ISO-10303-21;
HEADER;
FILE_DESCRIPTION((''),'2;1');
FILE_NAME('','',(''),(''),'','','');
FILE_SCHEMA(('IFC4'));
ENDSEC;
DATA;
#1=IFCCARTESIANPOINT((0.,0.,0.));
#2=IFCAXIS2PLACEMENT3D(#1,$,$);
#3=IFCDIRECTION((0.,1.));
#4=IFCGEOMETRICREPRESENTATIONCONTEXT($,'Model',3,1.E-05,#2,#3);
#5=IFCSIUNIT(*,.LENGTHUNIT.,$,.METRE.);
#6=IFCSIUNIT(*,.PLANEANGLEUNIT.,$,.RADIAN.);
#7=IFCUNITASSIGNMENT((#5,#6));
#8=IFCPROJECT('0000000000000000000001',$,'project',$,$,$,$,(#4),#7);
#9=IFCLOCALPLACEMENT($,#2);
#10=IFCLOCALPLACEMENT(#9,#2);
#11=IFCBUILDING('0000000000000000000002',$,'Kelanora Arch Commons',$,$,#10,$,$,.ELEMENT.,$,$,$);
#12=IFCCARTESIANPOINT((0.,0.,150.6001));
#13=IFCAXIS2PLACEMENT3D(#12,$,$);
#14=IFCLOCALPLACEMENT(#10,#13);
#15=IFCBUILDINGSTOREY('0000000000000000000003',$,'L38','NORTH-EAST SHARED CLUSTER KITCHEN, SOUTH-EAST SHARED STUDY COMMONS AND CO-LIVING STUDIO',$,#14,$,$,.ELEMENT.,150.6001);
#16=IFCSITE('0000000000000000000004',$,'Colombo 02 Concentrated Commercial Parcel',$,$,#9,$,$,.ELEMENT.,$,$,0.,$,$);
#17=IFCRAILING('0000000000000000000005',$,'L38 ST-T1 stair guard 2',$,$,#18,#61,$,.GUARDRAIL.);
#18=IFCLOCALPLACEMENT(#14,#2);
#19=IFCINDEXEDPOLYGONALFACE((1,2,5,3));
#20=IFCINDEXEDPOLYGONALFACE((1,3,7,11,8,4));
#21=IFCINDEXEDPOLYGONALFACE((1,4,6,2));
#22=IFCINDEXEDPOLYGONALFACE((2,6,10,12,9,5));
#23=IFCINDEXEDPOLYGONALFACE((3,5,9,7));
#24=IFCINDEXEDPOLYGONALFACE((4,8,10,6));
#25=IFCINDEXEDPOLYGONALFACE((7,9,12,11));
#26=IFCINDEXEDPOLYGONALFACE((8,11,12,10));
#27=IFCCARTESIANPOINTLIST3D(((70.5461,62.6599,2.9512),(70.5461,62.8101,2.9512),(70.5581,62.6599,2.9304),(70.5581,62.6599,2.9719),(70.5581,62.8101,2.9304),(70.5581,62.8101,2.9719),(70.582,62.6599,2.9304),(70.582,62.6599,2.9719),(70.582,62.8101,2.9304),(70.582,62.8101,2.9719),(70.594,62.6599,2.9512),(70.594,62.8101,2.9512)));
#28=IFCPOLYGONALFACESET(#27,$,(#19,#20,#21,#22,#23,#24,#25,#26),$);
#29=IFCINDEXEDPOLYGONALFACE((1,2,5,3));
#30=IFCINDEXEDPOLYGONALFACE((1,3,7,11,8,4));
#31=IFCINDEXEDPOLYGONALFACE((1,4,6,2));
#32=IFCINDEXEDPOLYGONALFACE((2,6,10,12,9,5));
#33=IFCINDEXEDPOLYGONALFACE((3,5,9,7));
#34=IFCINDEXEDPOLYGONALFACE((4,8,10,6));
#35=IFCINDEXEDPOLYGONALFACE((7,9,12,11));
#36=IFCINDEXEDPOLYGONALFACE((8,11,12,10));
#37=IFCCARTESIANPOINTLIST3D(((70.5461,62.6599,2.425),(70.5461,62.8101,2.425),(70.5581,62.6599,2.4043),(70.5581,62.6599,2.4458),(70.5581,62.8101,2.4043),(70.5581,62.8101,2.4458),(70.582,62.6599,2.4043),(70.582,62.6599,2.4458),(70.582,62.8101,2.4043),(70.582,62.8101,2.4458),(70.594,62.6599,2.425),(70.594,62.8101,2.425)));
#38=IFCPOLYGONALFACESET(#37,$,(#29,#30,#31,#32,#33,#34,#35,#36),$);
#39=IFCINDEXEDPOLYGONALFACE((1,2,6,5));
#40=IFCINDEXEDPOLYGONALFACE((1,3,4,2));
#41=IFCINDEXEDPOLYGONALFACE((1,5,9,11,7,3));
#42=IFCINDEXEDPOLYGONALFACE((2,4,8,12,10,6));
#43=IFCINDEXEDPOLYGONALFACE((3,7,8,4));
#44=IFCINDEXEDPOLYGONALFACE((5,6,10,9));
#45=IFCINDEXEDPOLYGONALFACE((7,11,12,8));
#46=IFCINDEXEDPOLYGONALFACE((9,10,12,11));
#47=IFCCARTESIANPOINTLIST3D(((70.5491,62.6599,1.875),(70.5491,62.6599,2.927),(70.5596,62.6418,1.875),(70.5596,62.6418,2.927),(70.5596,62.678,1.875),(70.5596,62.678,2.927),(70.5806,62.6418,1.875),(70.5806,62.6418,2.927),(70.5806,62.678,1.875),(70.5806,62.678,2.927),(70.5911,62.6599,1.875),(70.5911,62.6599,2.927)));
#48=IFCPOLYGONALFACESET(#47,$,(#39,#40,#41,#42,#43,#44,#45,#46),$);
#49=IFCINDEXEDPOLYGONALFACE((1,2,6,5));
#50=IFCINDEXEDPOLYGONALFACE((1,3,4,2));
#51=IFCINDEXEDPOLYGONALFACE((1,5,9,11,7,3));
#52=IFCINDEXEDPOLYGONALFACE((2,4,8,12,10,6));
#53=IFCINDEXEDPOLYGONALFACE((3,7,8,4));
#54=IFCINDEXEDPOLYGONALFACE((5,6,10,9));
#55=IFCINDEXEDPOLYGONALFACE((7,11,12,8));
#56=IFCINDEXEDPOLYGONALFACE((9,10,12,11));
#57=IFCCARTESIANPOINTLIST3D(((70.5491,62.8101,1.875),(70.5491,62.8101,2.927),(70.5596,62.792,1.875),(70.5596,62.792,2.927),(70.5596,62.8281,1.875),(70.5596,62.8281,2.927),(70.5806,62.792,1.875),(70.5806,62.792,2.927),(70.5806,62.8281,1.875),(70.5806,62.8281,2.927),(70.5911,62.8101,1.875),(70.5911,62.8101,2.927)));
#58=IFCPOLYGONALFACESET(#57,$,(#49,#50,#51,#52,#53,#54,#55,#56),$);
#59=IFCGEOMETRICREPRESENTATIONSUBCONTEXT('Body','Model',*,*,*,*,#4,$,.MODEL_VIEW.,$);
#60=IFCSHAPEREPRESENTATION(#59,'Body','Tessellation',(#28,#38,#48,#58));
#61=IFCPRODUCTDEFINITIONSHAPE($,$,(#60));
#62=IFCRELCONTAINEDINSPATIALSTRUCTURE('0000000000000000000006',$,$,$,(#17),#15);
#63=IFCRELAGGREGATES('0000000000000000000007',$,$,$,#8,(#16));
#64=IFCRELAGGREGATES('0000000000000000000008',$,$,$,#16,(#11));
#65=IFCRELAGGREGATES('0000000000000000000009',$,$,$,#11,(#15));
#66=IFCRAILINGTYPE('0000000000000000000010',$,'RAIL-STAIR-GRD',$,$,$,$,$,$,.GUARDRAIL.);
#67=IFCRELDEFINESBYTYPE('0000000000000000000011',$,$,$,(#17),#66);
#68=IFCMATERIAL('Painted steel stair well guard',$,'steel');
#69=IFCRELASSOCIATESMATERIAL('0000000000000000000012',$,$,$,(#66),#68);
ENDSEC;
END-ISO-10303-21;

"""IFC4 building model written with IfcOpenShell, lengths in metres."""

from ifc_helpers import new_model, si_unit, direction, frame, origin, place, context, subcontext, project, spatial, polyline, outline, extrude, material, type_object, element, save


model = new_model("IFC4")

# Units and contexts
model_context = context("Model", 3, precision=1e-05, world=origin(), true_north=direction((0.0, 1.0)))
body_context = subcontext(model_context, "Body", "Model", "MODEL_VIEW")
ifc_project = project(units=[si_unit("LENGTHUNIT", "METRE"), si_unit("PLANEANGLEUNIT", "RADIAN")], contexts=[model_context])

# Site, building, storey
site_placement = place(None, origin())
site = spatial("IfcSite", under=ifc_project, at=site_placement, Name="Colombo 02 Concentrated Commercial Parcel", CompositionType="ELEMENT", RefElevation=0.0)
building_placement = place(site_placement, origin())
building = spatial("IfcBuilding", under=site, at=building_placement, Name="Kelanora Arch Commons", CompositionType="ELEMENT")
storey_placement = place(building_placement, frame((0.0, 0.0, 150.6001)))
storey = spatial("IfcBuildingStorey", under=building, at=storey_placement, Name="L38", Description="NORTH-EAST SHARED CLUSTER KITCHEN, SOUTH-EAST SHARED STUDY COMMONS AND CO-LIVING STUDIO", CompositionType="ELEMENT", Elevation=150.6001)

# Railing
ifc_material_1 = material(Name="Painted steel stair well guard", Category="steel")
railing_type = type_object("IfcRailingType", Name="RAIL-STAIR-GRD", PredefinedType="GUARDRAIL", material=ifc_material_1)
railing_placement = place(storey_placement, frame((70.5701, 62.6599, 1.875)))
element("IfcRailing", 1, at=railing_placement, inside=storey, type_object=railing_type, Name="L38 ST-T1 stair guard 2", PredefinedType="GUARDRAIL", context=body_context, shape_type="SweptSolid", body=[
    extrude(outline(polyline([(0.0239, 0.0), (0.012, 0.0208), (-0.012, 0.0208), (-0.0239, 0.0), (-0.012, -0.0208), (0.012, -0.0208), (0.0239, 0.0)])), frame((0.0, 0.0, 1.0762), z_axis=(0.0, 1.0, 0.0), x_axis=(-1.0, 0.0, 0.0)), (0.0, 0.0, 1.0), 0.1501),
    extrude(outline(polyline([(0.0239, 0.0), (0.012, 0.0208), (-0.012, 0.0208), (-0.0239, 0.0), (-0.012, -0.0208), (0.012, -0.0208), (0.0239, 0.0)])), frame((0.0, 0.0, 0.55), z_axis=(0.0, 1.0, 0.0), x_axis=(-1.0, 0.0, 0.0)), (0.0, 0.0, 1.0), 0.1501),
    extrude(outline(polyline([(0.021, 0.0), (0.0105, 0.0181), (-0.0105, 0.0181), (-0.021, 0.0), (-0.0105, -0.0181), (0.0105, -0.0181), (0.021, 0.0)])), origin(), (0.0, 0.0, 1.0), 1.052),
    extrude(outline(polyline([(0.021, 0.0), (0.0105, 0.0181), (-0.0105, 0.0181), (-0.021, 0.0), (-0.0105, -0.0181), (0.0105, -0.0181), (0.021, 0.0)])), frame((0.0, 0.1501, 0.0)), (0.0, 0.0, 1.0), 1.052),
])

save(model, "model.ifc")
